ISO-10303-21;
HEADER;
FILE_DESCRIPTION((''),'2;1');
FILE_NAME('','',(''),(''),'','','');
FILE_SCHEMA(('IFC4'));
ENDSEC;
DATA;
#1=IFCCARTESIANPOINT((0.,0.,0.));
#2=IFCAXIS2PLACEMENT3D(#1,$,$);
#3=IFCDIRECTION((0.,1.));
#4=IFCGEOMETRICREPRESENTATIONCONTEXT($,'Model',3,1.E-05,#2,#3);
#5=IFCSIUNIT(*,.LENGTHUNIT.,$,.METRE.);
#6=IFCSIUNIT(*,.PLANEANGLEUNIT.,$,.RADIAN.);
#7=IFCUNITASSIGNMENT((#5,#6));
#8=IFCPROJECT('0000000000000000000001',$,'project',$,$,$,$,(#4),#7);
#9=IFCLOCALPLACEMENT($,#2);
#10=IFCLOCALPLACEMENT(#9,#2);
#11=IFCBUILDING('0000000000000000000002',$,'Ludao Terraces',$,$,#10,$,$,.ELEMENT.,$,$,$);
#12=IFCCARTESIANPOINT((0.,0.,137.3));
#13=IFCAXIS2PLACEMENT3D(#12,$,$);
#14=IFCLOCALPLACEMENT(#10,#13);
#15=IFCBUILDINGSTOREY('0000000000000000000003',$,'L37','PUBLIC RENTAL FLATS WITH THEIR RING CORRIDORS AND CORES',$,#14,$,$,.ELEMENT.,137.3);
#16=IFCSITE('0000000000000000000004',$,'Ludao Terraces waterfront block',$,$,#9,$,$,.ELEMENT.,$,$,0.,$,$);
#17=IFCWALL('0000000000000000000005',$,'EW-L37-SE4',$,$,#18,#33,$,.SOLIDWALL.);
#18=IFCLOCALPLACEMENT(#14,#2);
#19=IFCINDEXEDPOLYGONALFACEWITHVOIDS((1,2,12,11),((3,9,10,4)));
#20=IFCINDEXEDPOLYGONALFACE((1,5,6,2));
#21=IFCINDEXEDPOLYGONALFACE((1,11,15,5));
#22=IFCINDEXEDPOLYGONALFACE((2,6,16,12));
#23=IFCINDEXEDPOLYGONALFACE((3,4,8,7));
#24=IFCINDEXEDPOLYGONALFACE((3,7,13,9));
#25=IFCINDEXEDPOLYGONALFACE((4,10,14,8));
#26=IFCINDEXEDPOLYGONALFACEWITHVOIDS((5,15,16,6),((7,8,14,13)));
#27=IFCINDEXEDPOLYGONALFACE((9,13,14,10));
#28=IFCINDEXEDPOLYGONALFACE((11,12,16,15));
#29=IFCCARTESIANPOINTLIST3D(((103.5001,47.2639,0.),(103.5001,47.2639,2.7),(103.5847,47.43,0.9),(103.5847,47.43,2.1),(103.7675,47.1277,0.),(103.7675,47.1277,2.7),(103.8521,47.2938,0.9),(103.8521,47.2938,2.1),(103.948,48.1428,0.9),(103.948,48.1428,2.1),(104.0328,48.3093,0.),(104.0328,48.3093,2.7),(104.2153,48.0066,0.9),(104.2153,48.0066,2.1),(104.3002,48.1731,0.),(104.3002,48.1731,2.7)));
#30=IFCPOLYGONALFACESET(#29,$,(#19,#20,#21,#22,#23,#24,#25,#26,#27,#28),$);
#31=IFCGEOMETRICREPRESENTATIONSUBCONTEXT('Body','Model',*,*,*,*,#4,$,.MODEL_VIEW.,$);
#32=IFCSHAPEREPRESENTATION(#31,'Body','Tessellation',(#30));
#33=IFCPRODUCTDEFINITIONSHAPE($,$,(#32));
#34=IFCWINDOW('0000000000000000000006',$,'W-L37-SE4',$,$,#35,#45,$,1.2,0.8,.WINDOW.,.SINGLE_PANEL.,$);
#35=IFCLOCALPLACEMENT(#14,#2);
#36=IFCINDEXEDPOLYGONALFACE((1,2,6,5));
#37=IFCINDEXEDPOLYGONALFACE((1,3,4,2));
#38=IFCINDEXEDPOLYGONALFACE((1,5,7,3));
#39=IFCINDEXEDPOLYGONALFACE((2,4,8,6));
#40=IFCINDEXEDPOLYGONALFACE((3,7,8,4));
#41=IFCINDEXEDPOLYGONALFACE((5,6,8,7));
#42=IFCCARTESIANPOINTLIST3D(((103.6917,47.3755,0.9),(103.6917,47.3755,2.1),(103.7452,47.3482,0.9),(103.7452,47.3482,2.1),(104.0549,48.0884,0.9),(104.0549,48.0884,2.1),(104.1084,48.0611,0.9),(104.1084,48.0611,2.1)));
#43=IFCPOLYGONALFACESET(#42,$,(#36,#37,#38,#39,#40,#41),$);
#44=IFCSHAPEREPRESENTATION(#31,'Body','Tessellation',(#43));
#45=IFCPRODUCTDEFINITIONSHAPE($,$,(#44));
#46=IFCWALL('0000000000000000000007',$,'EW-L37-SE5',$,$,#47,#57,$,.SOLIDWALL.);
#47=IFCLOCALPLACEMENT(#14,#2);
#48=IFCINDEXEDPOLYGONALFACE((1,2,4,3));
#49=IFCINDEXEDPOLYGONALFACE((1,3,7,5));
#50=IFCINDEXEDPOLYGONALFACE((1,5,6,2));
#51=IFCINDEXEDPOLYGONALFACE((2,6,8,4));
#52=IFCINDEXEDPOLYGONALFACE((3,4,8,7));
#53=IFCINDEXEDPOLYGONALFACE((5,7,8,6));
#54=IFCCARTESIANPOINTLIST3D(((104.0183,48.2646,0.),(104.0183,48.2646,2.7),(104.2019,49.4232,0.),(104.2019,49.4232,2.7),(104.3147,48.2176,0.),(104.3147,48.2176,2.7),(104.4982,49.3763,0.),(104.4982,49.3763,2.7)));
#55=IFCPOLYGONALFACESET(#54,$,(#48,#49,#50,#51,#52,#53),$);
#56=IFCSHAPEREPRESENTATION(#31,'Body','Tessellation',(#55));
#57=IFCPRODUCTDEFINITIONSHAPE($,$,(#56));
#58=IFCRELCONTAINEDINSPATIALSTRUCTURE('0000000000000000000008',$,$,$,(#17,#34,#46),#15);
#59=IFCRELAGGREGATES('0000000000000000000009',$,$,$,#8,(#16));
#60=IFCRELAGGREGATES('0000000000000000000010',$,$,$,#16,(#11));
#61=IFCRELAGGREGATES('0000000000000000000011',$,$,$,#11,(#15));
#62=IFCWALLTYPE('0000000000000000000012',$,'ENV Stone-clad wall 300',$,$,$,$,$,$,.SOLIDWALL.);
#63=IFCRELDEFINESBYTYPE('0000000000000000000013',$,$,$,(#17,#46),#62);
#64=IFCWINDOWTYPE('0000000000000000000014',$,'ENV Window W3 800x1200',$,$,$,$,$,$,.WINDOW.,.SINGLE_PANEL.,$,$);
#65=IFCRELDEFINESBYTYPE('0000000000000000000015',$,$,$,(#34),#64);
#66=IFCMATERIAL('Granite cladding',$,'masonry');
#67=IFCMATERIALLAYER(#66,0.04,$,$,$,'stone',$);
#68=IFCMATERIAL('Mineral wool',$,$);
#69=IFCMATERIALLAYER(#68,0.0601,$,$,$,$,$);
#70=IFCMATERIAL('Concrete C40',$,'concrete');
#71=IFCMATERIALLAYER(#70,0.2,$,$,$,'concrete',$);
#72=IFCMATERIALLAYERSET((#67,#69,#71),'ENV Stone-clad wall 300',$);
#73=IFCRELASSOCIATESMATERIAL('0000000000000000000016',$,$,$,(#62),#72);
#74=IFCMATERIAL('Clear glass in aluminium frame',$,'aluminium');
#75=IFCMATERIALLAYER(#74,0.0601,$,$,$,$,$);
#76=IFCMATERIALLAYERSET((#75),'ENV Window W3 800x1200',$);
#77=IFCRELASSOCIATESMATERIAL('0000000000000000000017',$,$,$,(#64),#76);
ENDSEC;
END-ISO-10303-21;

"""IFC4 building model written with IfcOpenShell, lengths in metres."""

from ifc_helpers import new_model, si_unit, direction, frame, frame_2d, origin, place, context, subcontext, project, spatial, rectangle, extrude, material, layer, layer_set, type_object, element, fill, save


model = new_model("IFC4")

# Units and contexts
model_context = context("Model", 3, precision=1e-05, world=origin(), true_north=direction((0.0, 1.0)))
body_context = subcontext(model_context, "Body", "Model", "MODEL_VIEW")
ifc_project = project(units=[si_unit("LENGTHUNIT", "METRE"), si_unit("PLANEANGLEUNIT", "RADIAN")], contexts=[model_context])

# Site, building, storey
site_placement = place(None, origin())
site = spatial("IfcSite", under=ifc_project, at=site_placement, Name="Ludao Terraces waterfront block", CompositionType="ELEMENT", RefElevation=0.0)
building_placement = place(site_placement, origin())
building = spatial("IfcBuilding", under=site, at=building_placement, Name="Ludao Terraces", CompositionType="ELEMENT")
storey_placement = place(building_placement, frame((0.0, 0.0, 137.3)))
storey = spatial("IfcBuildingStorey", under=building, at=storey_placement, Name="L37", Description="PUBLIC RENTAL FLATS WITH THEIR RING CORRIDORS AND CORES", CompositionType="ELEMENT", Elevation=137.3)

# Shared definitions
ifc_material_1 = material(Name="Concrete C40", Category="concrete")

# Wall, opening, window
ifc_material_2 = material(Name="Granite cladding", Category="masonry")
ifc_layer_1 = layer(ifc_material_2, 0.04, Category="stone")
ifc_material_3 = material(Name="Mineral wool")
ifc_layer_2 = layer(ifc_material_3, 0.0601)
ifc_layer_3 = layer(ifc_material_1, 0.2, Category="concrete")
ifc_layer_set_1 = layer_set([ifc_layer_1, ifc_layer_2, ifc_layer_3], Name="ENV Stone-clad wall 300")
wall_type = type_object("IfcWallType", Name="ENV Stone-clad wall 300", PredefinedType="SOLIDWALL", material=ifc_layer_set_1)
ifc_material_4 = material(Name="Clear glass in aluminium frame", Category="aluminium")
ifc_layer_4 = layer(ifc_material_4, 0.0601)
ifc_layer_set_2 = layer_set([ifc_layer_4], Name="ENV Window W3 800x1200")
window_type_1 = type_object("IfcWindowType", Name="ENV Window W3 800x1200", PartitioningType="SINGLE_PANEL", PredefinedType="WINDOW", material=ifc_layer_set_2)
wall_1_placement = place(storey_placement, frame((103.6338, 47.1958, 0.0), z_axis=(0.0, 0.0, 1.0), x_axis=(0.454026, 0.890989, 0.0)))
wall_1 = element("IfcWall", 1, at=wall_1_placement, inside=storey, type_object=wall_type, Name="EW-L37-SE4", PredefinedType="SOLIDWALL", context=body_context, shape_type="SweptSolid", body=[
    extrude(rectangle(XDim=1.1733, YDim=0.3, at=frame_2d((0.5867, 0.0))), origin(), (0.0, 0.0, 1.0), 2.7),
])
opening_1_placement = place(wall_1_placement, frame((0.1865, 0.0, 0.8999)))
opening_1 = element("IfcOpeningElement", 2, at=opening_1_placement, cuts=wall_1, PredefinedType="OPENING", context=body_context, shape_type="SweptSolid", body=[
    extrude(rectangle(XDim=0.8, YDim=1.2, at=frame_2d((0.3999, 0.6001))), frame((0.0, 0.1602, 0.0), z_axis=(0.0, -1.0, 0.0), x_axis=(1.0, 0.0, 0.0)), (0.0, 0.0, 1.0), 0.3201),
])
window_1_placement = place(opening_1_placement, origin())
window_1 = element("IfcWindow", 3, at=window_1_placement, inside=storey, type_object=window_type_1, Name="W-L37-SE4", OverallHeight=1.2, OverallWidth=0.8, PartitioningType="SINGLE_PANEL", PredefinedType="WINDOW", context=body_context, shape_type="SweptSolid", body=[
    extrude(rectangle(XDim=0.8, YDim=1.2, at=frame_2d((0.3999, 0.6001))), frame((0.0, 0.03, 0.0), z_axis=(0.0, -1.0, 0.0), x_axis=(1.0, 0.0, 0.0)), (0.0, 0.0, 1.0), 0.0601),
])
fill(opening_1, window_1)

# Wall
wall_2_placement = place(storey_placement, frame((104.1665, 48.2412, 0.0), z_axis=(0.0, 0.0, 1.0), x_axis=(0.156497, 0.987678, 0.0)))
element("IfcWall", 4, at=wall_2_placement, inside=storey, type_object=wall_type, Name="EW-L37-SE5", PredefinedType="SOLIDWALL", context=body_context, shape_type="SweptSolid", body=[
    extrude(rectangle(XDim=1.1731, YDim=0.3, at=frame_2d((0.5864, 0.0))), origin(), (0.0, 0.0, 1.0), 2.7),
])

save(model, "model.ifc")
